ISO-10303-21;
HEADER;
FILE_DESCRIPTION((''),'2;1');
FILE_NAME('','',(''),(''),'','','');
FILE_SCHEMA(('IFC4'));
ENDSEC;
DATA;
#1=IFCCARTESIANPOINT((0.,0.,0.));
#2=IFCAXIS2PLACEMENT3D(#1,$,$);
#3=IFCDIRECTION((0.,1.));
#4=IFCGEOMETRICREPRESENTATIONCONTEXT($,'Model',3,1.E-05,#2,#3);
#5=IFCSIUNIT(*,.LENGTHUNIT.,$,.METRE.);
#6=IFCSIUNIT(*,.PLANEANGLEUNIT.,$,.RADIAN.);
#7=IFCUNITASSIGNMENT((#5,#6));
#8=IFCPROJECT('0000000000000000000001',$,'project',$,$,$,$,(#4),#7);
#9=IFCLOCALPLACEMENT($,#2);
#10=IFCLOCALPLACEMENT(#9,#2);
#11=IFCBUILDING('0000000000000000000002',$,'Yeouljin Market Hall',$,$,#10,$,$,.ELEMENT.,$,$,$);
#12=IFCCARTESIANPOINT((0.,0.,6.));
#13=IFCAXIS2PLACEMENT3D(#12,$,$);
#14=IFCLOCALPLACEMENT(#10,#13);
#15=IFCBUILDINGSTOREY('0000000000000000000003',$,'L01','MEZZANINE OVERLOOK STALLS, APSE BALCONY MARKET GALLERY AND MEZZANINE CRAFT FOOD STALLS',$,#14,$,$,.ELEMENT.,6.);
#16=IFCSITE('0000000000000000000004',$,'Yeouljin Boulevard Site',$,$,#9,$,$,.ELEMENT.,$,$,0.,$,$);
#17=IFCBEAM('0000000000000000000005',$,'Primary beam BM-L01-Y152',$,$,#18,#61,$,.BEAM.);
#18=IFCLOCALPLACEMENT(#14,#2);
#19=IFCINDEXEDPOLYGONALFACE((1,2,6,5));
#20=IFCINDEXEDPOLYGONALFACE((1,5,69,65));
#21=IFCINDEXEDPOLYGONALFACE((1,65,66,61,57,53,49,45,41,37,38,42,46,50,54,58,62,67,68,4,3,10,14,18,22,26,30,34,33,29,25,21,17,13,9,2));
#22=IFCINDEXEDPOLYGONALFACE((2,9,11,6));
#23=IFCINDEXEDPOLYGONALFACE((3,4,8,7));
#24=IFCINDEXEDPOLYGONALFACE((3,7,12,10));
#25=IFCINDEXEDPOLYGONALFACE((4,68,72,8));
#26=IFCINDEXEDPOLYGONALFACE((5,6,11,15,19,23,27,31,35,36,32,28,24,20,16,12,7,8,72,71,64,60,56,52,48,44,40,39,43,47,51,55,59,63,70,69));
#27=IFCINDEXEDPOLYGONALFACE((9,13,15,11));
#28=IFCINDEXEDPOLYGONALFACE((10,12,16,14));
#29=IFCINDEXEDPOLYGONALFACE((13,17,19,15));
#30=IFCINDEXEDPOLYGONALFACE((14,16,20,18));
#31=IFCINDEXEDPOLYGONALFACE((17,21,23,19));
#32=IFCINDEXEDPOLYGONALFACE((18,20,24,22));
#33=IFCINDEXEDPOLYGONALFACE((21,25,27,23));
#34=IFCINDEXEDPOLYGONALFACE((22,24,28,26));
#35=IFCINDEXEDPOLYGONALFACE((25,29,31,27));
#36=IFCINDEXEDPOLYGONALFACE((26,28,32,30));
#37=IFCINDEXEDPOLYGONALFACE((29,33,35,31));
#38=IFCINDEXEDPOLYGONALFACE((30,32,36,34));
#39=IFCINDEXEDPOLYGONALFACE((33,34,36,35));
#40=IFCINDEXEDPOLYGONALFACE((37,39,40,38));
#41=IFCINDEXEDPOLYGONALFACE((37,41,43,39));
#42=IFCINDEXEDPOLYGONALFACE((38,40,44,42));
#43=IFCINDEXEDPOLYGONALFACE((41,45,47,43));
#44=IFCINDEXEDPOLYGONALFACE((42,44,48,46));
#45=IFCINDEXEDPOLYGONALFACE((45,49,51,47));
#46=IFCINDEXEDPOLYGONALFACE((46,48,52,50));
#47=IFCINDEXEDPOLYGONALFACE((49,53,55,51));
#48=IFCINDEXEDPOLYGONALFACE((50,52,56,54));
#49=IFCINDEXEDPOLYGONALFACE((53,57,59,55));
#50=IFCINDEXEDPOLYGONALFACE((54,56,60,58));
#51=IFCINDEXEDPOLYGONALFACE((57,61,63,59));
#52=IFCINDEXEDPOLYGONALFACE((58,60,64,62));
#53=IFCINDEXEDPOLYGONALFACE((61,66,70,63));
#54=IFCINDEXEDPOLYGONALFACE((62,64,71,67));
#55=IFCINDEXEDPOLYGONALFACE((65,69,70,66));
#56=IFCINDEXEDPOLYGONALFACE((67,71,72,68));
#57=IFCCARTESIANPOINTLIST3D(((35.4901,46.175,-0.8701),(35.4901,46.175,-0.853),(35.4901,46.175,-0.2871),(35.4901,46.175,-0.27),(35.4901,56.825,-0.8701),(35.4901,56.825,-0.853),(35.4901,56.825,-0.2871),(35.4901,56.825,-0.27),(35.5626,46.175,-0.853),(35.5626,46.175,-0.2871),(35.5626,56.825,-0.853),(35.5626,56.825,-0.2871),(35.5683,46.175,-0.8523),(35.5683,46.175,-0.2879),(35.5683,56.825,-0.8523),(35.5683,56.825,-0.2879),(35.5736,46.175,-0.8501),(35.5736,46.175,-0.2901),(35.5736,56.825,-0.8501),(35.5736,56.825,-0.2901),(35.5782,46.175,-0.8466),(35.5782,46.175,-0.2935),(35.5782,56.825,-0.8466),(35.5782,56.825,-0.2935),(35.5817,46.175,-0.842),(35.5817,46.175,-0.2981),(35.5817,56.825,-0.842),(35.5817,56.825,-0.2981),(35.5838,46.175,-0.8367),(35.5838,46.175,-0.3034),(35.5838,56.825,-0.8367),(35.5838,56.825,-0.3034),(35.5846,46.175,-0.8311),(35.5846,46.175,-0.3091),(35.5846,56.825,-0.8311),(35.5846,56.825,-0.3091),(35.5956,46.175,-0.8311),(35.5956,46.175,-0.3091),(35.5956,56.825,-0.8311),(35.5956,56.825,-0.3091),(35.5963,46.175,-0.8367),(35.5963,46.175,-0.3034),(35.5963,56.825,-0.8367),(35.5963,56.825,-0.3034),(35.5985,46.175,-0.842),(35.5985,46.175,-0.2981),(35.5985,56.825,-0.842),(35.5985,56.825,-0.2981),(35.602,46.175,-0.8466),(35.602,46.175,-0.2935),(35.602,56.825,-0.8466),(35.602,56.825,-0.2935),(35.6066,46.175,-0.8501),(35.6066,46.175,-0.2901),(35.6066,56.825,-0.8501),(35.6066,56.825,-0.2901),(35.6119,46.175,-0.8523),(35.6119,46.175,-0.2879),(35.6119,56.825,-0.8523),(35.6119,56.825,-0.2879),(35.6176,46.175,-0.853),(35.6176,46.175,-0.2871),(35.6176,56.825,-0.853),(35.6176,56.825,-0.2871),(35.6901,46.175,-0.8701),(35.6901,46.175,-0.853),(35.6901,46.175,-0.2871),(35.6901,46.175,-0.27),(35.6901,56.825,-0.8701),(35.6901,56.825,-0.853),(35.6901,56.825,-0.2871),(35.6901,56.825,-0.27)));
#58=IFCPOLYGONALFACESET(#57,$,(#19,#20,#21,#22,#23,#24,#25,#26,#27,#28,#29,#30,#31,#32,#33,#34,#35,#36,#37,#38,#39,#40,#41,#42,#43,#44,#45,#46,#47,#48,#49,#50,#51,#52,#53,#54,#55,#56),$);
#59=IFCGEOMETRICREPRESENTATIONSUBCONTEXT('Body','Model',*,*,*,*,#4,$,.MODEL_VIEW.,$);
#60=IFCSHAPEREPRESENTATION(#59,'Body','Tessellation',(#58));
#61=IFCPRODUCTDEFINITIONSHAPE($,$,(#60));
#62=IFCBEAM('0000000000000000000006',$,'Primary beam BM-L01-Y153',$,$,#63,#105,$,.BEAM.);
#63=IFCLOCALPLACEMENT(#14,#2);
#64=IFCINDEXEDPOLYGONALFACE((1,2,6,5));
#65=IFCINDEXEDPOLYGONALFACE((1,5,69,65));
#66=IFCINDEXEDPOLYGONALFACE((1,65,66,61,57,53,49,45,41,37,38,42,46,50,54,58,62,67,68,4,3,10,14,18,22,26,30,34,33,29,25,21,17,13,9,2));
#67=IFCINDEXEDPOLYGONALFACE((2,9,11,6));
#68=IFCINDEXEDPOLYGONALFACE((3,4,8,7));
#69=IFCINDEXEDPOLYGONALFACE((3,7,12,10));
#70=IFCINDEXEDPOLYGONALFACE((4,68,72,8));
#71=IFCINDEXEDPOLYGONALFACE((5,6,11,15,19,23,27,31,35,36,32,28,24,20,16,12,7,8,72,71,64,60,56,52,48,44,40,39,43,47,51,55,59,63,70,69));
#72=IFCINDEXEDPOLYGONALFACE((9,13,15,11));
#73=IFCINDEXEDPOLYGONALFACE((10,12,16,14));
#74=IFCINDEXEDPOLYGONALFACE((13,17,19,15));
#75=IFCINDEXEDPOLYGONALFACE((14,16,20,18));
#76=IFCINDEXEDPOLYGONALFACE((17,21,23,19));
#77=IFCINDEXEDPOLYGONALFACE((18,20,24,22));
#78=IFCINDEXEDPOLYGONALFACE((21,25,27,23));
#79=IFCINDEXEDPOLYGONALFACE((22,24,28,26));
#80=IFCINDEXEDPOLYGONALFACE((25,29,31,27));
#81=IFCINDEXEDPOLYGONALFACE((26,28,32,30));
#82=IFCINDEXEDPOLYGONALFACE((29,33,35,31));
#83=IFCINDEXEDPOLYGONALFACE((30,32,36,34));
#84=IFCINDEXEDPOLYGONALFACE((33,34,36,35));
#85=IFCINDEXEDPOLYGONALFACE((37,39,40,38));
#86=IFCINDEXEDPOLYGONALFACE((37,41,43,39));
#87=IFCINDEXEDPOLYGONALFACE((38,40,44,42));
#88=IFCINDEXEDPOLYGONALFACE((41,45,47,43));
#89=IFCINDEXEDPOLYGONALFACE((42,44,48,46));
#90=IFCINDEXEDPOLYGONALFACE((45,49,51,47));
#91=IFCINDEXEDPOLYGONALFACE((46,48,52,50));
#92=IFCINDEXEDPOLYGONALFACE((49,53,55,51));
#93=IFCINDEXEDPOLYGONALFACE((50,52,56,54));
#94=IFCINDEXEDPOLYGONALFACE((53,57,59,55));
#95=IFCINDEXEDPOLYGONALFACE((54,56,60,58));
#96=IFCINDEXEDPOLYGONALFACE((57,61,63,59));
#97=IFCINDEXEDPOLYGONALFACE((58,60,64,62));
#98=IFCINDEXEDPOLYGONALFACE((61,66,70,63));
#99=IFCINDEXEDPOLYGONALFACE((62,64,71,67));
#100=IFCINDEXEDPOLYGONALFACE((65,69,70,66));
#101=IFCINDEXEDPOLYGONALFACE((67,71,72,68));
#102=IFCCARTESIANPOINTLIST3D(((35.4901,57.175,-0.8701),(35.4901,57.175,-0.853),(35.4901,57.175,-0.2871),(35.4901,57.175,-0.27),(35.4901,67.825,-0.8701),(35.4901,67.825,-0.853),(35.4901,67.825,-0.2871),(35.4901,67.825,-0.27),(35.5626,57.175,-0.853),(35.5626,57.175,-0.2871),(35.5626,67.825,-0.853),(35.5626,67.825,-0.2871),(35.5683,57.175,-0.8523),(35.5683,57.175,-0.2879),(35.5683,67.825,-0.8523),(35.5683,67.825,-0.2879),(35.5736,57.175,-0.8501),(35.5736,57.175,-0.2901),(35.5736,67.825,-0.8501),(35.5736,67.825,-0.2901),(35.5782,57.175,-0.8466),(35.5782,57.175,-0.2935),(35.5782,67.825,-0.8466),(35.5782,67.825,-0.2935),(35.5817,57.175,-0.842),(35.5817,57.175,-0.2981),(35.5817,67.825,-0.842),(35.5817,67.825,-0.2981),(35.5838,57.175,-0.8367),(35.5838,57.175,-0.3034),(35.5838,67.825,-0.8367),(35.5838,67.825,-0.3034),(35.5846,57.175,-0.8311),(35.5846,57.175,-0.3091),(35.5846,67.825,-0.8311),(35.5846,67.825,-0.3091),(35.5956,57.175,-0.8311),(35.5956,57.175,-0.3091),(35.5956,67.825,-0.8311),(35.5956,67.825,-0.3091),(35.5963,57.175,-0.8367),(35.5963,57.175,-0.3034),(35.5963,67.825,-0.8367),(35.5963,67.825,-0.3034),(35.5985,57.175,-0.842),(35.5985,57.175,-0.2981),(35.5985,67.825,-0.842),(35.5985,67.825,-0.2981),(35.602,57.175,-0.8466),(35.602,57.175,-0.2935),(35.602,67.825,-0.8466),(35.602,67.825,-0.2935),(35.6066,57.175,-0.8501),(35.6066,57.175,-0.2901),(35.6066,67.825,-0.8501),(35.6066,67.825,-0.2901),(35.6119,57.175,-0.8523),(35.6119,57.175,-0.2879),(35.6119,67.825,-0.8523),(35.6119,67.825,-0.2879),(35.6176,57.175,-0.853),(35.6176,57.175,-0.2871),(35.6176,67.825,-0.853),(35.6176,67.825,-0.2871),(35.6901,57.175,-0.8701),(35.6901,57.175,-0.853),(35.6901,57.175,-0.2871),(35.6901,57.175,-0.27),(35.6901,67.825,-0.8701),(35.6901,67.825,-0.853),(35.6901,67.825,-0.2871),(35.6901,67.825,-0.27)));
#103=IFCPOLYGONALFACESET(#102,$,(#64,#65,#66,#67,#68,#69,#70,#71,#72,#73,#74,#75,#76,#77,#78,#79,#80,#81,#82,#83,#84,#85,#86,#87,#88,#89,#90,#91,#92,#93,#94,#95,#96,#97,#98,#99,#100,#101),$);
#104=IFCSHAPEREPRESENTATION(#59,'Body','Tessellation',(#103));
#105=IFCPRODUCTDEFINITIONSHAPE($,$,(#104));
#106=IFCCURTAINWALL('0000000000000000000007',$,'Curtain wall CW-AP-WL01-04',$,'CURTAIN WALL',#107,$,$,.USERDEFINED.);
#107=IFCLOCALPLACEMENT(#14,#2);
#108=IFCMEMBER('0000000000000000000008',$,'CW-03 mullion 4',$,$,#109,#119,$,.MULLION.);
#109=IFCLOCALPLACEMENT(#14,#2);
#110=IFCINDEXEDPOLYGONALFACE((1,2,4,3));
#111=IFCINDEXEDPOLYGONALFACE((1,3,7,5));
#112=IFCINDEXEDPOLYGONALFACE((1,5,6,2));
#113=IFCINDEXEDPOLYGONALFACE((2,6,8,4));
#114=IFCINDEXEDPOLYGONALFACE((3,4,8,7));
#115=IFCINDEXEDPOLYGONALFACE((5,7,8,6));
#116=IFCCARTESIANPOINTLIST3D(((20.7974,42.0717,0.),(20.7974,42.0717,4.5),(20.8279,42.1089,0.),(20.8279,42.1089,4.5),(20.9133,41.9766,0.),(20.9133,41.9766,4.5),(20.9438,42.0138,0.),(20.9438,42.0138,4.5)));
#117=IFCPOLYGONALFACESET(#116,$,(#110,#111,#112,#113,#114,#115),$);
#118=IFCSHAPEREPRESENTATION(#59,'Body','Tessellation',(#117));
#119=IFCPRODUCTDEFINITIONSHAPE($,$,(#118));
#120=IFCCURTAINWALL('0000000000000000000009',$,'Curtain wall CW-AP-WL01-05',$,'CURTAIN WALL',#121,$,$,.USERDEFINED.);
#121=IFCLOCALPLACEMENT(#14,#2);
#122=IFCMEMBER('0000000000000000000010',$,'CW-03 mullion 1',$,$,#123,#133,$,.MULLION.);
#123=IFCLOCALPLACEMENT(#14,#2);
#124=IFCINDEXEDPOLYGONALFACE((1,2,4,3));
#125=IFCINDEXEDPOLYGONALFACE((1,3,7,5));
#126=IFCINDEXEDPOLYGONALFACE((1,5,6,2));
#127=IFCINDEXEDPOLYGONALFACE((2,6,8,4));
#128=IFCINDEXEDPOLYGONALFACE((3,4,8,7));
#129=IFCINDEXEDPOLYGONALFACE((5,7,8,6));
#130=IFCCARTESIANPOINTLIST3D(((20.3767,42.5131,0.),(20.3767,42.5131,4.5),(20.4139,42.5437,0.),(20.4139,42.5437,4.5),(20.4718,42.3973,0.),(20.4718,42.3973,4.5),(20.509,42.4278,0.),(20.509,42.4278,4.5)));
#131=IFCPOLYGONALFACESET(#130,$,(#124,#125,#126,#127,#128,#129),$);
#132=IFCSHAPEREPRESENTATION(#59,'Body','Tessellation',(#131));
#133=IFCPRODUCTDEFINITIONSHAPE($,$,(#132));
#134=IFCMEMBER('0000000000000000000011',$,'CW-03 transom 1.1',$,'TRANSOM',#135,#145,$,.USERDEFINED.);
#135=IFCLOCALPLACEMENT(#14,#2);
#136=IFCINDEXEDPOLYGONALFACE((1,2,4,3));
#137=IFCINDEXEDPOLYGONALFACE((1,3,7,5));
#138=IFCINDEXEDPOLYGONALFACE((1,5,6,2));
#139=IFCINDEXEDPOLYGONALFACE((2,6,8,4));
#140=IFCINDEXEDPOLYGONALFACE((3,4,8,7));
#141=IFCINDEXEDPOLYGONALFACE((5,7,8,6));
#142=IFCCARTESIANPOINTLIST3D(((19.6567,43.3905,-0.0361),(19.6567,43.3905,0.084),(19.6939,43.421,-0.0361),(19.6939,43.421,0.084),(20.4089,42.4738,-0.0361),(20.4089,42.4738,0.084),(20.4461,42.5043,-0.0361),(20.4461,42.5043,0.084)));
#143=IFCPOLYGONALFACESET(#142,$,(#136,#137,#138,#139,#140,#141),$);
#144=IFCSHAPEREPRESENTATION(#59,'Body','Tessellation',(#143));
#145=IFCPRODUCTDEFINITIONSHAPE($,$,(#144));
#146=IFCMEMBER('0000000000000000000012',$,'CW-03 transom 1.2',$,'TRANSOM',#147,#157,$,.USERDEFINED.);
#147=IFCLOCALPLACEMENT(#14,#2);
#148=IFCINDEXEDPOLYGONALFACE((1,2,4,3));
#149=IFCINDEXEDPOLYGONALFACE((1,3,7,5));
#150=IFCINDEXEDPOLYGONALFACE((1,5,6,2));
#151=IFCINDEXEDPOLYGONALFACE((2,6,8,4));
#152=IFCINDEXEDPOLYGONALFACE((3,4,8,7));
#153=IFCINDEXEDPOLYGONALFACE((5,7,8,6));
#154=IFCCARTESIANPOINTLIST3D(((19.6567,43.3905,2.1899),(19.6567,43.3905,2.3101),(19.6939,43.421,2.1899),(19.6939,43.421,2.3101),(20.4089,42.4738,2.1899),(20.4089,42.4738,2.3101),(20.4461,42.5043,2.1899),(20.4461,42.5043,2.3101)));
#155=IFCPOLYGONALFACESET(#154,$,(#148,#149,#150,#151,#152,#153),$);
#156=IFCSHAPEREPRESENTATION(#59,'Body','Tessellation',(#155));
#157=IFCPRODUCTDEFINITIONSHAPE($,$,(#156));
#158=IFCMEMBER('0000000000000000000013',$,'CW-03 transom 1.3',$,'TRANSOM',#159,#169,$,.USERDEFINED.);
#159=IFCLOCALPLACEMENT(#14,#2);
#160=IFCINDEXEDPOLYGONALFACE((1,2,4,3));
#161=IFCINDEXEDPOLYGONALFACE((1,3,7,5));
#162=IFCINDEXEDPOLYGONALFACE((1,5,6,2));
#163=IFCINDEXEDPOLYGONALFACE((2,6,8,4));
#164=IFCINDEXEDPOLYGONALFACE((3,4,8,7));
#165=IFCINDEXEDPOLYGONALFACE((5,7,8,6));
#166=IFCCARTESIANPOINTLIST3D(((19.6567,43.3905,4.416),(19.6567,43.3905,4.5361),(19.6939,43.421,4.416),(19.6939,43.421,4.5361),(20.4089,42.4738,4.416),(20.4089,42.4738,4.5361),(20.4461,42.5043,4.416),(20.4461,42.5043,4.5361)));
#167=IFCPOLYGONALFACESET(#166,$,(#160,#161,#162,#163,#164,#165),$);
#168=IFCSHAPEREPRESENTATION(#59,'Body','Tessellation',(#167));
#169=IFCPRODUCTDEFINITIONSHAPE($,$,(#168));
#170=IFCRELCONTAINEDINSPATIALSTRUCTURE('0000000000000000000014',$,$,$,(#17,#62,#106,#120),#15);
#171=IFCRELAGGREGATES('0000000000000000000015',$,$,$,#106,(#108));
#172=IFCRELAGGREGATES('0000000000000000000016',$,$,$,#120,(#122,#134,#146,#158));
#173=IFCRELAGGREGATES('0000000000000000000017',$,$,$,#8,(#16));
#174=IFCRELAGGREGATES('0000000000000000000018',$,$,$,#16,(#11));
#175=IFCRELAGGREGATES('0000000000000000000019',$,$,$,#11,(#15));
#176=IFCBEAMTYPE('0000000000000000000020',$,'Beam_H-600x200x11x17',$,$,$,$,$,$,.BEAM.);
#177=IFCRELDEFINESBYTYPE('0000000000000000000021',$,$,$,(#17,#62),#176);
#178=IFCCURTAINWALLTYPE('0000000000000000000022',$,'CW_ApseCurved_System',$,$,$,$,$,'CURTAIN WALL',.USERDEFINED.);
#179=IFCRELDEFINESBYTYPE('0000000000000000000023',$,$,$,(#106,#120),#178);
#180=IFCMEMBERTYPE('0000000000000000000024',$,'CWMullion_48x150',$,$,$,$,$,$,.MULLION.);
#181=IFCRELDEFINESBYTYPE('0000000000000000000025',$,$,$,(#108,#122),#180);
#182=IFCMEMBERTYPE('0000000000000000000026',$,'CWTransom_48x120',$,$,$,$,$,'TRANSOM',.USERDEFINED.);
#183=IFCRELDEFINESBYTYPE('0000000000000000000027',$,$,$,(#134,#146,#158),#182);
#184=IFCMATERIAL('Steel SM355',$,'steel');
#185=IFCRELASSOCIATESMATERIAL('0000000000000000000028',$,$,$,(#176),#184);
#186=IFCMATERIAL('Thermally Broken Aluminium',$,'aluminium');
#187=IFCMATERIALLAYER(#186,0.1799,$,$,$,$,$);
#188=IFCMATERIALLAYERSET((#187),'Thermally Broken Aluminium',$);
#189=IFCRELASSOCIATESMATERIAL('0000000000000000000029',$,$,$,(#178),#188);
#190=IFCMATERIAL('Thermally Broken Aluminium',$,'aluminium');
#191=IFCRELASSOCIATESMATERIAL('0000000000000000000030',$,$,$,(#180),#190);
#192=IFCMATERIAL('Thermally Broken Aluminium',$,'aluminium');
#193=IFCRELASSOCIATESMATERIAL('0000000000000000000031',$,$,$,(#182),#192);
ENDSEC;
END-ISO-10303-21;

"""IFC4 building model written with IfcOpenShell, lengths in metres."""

from ifc_helpers import new_model, si_unit, direction, frame, origin, origin_2d, place, context, subcontext, project, spatial, rectangle, i_section, extrude, material, layer, layer_set, material_profile, profile_set, type_object, element, aggregate, save


model = new_model("IFC4")

# Units and contexts
model_context = context("Model", 3, precision=1e-05, world=origin(), true_north=direction((0.0, 1.0)))
body_context = subcontext(model_context, "Body", "Model", "MODEL_VIEW")
ifc_project = project(units=[si_unit("LENGTHUNIT", "METRE"), si_unit("PLANEANGLEUNIT", "RADIAN")], contexts=[model_context])

# Site, building, storey
site_placement = place(None, origin())
site = spatial("IfcSite", under=ifc_project, at=site_placement, Name="Yeouljin Boulevard Site", CompositionType="ELEMENT", RefElevation=0.0)
building_placement = place(site_placement, origin())
building = spatial("IfcBuilding", under=site, at=building_placement, Name="Yeouljin Market Hall", CompositionType="ELEMENT")
storey_placement = place(building_placement, frame((0.0, 0.0, 6.0)))
storey = spatial("IfcBuildingStorey", under=building, at=storey_placement, Name="L01", Description="MEZZANINE OVERLOOK STALLS, APSE BALCONY MARKET GALLERY AND MEZZANINE CRAFT FOOD STALLS", CompositionType="ELEMENT", Elevation=6.0)

# Beams
ifc_material_1 = material(Name="Steel SM355", Category="steel")
ifc_material_profile_1 = material_profile(ifc_material_1, i_section(OverallWidth=0.2, OverallDepth=0.6001, WebThickness=0.011, FlangeThickness=0.0171, FilletRadius=0.022, at=origin_2d()), Name="H-600x200x11x17")
ifc_profile_set_1 = profile_set([ifc_material_profile_1], Name="Steel SM355")
beam_type_1 = type_object("IfcBeamType", Name="Beam_H-600x200x11x17", PredefinedType="BEAM", material=ifc_profile_set_1)
for number, where, z_axis, x_axis, name in (
    (1, (35.5901, 46.175, -0.5701), (0.0, 1.0, 0.0), (-1.0, 0.0, 0.0), "Primary beam BM-L01-Y152"),
    (2, (35.5901, 57.175, -0.5701), (0.0, 1.0, 0.0), (-1.0, 0.0, 0.0), "Primary beam BM-L01-Y153"),
):
    element("IfcBeam", number, at=place(storey_placement, frame(where, z_axis=z_axis, x_axis=x_axis)), inside=storey, type_object=beam_type_1, Name=name, PredefinedType="BEAM", context=body_context, shape_type="SweptSolid", body=[
        extrude(i_section(OverallWidth=0.2, OverallDepth=0.6001, WebThickness=0.011, FlangeThickness=0.0171, FilletRadius=0.022, at=origin_2d()), origin(), (0.0, 0.0, 1.0), 10.6499),
    ])

# Curtain wall, member
ifc_material_2 = material(Name="Thermally Broken Aluminium", Category="aluminium")
ifc_layer_1 = layer(ifc_material_2, 0.1799)
ifc_layer_set_1 = layer_set([ifc_layer_1], Name="Thermally Broken Aluminium")
curtain_wall_type = type_object("IfcCurtainWallType", Name="CW_ApseCurved_System", ElementType="CURTAIN WALL", PredefinedType="USERDEFINED", material=ifc_layer_set_1)
curtain_wall_1_placement = place(storey_placement, origin())
curtain_wall_1 = element("IfcCurtainWall", 3, at=curtain_wall_1_placement, inside=storey, type_object=curtain_wall_type, Name="Curtain wall CW-AP-WL01-04", ObjectType="CURTAIN WALL", PredefinedType="USERDEFINED")
ifc_material_3 = material(Name="Thermally Broken Aluminium", Category="aluminium")
ifc_material_profile_2 = material_profile(ifc_material_3, rectangle(XDim=0.0481, YDim=0.1499, at=origin_2d()), Name="CW-MULL-48x150")
ifc_profile_set_2 = profile_set([ifc_material_profile_2], Name="Thermally Broken Aluminium")
member_type_1 = type_object("IfcMemberType", Name="CWMullion_48x150", PredefinedType="MULLION", material=ifc_profile_set_2)
member_1_placement = place(storey_placement, frame((20.8706, 42.0427, 0.0), z_axis=(0.0, 0.0, 1.0), x_axis=(-0.634384, -0.773018, 0.0)))
member_1 = element("IfcMember", 4, at=member_1_placement, type_object=member_type_1, Name="CW-03 mullion 4", PredefinedType="MULLION", context=body_context, shape_type="SweptSolid", body=[
    extrude(rectangle(XDim=0.0481, YDim=0.1499, at=origin_2d()), origin(), (0.0, 0.0, 1.0), 4.5),
])

# Curtain wall, members
curtain_wall_2_placement = place(storey_placement, origin())
curtain_wall_2 = element("IfcCurtainWall", 5, at=curtain_wall_2_placement, inside=storey, type_object=curtain_wall_type, Name="Curtain wall CW-AP-WL01-05", ObjectType="CURTAIN WALL", PredefinedType="USERDEFINED")
member_2_placement = place(storey_placement, frame((20.4429, 42.4705, 0.0), z_axis=(0.0, 0.0, 1.0), x_axis=(-0.773018, -0.634384, 0.0)))
member_2 = element("IfcMember", 6, at=member_2_placement, type_object=member_type_1, Name="CW-03 mullion 1", PredefinedType="MULLION", context=body_context, shape_type="SweptSolid", body=[
    extrude(rectangle(XDim=0.0481, YDim=0.1499, at=origin_2d()), origin(), (0.0, 0.0, 1.0), 4.5),
])
ifc_material_4 = material(Name="Thermally Broken Aluminium", Category="aluminium")
ifc_material_profile_3 = material_profile(ifc_material_4, rectangle(XDim=0.0481, YDim=0.1201, at=origin_2d()), Name="CW-TRAN-48x120")
ifc_profile_set_3 = profile_set([ifc_material_profile_3], Name="Thermally Broken Aluminium")
member_type_2 = type_object("IfcMemberType", Name="CWTransom_48x120", ElementType="TRANSOM", PredefinedType="USERDEFINED", material=ifc_profile_set_3)
member_3_placement = place(storey_placement, frame((20.4275, 42.489, 0.0239), z_axis=(-0.634313, 0.773076, 0.0), x_axis=(-0.773076, -0.634313, 0.0)))
member_3 = element("IfcMember", 7, at=member_3_placement, type_object=member_type_2, Name="CW-03 transom 1.1", ObjectType="TRANSOM", PredefinedType="USERDEFINED", context=body_context, shape_type="SweptSolid", body=[
    extrude(rectangle(XDim=0.0481, YDim=0.1201, at=origin_2d()), origin(), (0.0, 0.0, 1.0), 1.1858),
])
member_4_placement = place(storey_placement, frame((20.4275, 42.489, 2.25), z_axis=(-0.634313, 0.773076, 0.0), x_axis=(-0.773076, -0.634313, 0.0)))
member_4 = element("IfcMember", 8, at=member_4_placement, type_object=member_type_2, Name="CW-03 transom 1.2", ObjectType="TRANSOM", PredefinedType="USERDEFINED", context=body_context, shape_type="SweptSolid", body=[
    extrude(rectangle(XDim=0.0481, YDim=0.1201, at=origin_2d()), origin(), (0.0, 0.0, 1.0), 1.1858),
])
member_5_placement = place(storey_placement, frame((20.4275, 42.489, 4.4761), z_axis=(-0.634313, 0.773076, 0.0), x_axis=(-0.773076, -0.634313, 0.0)))
member_5 = element("IfcMember", 9, at=member_5_placement, type_object=member_type_2, Name="CW-03 transom 1.3", ObjectType="TRANSOM", PredefinedType="USERDEFINED", context=body_context, shape_type="SweptSolid", body=[
    extrude(rectangle(XDim=0.0481, YDim=0.1201, at=origin_2d()), origin(), (0.0, 0.0, 1.0), 1.1858),
])

aggregate(curtain_wall_1, [member_1])
aggregate(curtain_wall_2, [member_2, member_3, member_4, member_5])

save(model, "model.ifc")
